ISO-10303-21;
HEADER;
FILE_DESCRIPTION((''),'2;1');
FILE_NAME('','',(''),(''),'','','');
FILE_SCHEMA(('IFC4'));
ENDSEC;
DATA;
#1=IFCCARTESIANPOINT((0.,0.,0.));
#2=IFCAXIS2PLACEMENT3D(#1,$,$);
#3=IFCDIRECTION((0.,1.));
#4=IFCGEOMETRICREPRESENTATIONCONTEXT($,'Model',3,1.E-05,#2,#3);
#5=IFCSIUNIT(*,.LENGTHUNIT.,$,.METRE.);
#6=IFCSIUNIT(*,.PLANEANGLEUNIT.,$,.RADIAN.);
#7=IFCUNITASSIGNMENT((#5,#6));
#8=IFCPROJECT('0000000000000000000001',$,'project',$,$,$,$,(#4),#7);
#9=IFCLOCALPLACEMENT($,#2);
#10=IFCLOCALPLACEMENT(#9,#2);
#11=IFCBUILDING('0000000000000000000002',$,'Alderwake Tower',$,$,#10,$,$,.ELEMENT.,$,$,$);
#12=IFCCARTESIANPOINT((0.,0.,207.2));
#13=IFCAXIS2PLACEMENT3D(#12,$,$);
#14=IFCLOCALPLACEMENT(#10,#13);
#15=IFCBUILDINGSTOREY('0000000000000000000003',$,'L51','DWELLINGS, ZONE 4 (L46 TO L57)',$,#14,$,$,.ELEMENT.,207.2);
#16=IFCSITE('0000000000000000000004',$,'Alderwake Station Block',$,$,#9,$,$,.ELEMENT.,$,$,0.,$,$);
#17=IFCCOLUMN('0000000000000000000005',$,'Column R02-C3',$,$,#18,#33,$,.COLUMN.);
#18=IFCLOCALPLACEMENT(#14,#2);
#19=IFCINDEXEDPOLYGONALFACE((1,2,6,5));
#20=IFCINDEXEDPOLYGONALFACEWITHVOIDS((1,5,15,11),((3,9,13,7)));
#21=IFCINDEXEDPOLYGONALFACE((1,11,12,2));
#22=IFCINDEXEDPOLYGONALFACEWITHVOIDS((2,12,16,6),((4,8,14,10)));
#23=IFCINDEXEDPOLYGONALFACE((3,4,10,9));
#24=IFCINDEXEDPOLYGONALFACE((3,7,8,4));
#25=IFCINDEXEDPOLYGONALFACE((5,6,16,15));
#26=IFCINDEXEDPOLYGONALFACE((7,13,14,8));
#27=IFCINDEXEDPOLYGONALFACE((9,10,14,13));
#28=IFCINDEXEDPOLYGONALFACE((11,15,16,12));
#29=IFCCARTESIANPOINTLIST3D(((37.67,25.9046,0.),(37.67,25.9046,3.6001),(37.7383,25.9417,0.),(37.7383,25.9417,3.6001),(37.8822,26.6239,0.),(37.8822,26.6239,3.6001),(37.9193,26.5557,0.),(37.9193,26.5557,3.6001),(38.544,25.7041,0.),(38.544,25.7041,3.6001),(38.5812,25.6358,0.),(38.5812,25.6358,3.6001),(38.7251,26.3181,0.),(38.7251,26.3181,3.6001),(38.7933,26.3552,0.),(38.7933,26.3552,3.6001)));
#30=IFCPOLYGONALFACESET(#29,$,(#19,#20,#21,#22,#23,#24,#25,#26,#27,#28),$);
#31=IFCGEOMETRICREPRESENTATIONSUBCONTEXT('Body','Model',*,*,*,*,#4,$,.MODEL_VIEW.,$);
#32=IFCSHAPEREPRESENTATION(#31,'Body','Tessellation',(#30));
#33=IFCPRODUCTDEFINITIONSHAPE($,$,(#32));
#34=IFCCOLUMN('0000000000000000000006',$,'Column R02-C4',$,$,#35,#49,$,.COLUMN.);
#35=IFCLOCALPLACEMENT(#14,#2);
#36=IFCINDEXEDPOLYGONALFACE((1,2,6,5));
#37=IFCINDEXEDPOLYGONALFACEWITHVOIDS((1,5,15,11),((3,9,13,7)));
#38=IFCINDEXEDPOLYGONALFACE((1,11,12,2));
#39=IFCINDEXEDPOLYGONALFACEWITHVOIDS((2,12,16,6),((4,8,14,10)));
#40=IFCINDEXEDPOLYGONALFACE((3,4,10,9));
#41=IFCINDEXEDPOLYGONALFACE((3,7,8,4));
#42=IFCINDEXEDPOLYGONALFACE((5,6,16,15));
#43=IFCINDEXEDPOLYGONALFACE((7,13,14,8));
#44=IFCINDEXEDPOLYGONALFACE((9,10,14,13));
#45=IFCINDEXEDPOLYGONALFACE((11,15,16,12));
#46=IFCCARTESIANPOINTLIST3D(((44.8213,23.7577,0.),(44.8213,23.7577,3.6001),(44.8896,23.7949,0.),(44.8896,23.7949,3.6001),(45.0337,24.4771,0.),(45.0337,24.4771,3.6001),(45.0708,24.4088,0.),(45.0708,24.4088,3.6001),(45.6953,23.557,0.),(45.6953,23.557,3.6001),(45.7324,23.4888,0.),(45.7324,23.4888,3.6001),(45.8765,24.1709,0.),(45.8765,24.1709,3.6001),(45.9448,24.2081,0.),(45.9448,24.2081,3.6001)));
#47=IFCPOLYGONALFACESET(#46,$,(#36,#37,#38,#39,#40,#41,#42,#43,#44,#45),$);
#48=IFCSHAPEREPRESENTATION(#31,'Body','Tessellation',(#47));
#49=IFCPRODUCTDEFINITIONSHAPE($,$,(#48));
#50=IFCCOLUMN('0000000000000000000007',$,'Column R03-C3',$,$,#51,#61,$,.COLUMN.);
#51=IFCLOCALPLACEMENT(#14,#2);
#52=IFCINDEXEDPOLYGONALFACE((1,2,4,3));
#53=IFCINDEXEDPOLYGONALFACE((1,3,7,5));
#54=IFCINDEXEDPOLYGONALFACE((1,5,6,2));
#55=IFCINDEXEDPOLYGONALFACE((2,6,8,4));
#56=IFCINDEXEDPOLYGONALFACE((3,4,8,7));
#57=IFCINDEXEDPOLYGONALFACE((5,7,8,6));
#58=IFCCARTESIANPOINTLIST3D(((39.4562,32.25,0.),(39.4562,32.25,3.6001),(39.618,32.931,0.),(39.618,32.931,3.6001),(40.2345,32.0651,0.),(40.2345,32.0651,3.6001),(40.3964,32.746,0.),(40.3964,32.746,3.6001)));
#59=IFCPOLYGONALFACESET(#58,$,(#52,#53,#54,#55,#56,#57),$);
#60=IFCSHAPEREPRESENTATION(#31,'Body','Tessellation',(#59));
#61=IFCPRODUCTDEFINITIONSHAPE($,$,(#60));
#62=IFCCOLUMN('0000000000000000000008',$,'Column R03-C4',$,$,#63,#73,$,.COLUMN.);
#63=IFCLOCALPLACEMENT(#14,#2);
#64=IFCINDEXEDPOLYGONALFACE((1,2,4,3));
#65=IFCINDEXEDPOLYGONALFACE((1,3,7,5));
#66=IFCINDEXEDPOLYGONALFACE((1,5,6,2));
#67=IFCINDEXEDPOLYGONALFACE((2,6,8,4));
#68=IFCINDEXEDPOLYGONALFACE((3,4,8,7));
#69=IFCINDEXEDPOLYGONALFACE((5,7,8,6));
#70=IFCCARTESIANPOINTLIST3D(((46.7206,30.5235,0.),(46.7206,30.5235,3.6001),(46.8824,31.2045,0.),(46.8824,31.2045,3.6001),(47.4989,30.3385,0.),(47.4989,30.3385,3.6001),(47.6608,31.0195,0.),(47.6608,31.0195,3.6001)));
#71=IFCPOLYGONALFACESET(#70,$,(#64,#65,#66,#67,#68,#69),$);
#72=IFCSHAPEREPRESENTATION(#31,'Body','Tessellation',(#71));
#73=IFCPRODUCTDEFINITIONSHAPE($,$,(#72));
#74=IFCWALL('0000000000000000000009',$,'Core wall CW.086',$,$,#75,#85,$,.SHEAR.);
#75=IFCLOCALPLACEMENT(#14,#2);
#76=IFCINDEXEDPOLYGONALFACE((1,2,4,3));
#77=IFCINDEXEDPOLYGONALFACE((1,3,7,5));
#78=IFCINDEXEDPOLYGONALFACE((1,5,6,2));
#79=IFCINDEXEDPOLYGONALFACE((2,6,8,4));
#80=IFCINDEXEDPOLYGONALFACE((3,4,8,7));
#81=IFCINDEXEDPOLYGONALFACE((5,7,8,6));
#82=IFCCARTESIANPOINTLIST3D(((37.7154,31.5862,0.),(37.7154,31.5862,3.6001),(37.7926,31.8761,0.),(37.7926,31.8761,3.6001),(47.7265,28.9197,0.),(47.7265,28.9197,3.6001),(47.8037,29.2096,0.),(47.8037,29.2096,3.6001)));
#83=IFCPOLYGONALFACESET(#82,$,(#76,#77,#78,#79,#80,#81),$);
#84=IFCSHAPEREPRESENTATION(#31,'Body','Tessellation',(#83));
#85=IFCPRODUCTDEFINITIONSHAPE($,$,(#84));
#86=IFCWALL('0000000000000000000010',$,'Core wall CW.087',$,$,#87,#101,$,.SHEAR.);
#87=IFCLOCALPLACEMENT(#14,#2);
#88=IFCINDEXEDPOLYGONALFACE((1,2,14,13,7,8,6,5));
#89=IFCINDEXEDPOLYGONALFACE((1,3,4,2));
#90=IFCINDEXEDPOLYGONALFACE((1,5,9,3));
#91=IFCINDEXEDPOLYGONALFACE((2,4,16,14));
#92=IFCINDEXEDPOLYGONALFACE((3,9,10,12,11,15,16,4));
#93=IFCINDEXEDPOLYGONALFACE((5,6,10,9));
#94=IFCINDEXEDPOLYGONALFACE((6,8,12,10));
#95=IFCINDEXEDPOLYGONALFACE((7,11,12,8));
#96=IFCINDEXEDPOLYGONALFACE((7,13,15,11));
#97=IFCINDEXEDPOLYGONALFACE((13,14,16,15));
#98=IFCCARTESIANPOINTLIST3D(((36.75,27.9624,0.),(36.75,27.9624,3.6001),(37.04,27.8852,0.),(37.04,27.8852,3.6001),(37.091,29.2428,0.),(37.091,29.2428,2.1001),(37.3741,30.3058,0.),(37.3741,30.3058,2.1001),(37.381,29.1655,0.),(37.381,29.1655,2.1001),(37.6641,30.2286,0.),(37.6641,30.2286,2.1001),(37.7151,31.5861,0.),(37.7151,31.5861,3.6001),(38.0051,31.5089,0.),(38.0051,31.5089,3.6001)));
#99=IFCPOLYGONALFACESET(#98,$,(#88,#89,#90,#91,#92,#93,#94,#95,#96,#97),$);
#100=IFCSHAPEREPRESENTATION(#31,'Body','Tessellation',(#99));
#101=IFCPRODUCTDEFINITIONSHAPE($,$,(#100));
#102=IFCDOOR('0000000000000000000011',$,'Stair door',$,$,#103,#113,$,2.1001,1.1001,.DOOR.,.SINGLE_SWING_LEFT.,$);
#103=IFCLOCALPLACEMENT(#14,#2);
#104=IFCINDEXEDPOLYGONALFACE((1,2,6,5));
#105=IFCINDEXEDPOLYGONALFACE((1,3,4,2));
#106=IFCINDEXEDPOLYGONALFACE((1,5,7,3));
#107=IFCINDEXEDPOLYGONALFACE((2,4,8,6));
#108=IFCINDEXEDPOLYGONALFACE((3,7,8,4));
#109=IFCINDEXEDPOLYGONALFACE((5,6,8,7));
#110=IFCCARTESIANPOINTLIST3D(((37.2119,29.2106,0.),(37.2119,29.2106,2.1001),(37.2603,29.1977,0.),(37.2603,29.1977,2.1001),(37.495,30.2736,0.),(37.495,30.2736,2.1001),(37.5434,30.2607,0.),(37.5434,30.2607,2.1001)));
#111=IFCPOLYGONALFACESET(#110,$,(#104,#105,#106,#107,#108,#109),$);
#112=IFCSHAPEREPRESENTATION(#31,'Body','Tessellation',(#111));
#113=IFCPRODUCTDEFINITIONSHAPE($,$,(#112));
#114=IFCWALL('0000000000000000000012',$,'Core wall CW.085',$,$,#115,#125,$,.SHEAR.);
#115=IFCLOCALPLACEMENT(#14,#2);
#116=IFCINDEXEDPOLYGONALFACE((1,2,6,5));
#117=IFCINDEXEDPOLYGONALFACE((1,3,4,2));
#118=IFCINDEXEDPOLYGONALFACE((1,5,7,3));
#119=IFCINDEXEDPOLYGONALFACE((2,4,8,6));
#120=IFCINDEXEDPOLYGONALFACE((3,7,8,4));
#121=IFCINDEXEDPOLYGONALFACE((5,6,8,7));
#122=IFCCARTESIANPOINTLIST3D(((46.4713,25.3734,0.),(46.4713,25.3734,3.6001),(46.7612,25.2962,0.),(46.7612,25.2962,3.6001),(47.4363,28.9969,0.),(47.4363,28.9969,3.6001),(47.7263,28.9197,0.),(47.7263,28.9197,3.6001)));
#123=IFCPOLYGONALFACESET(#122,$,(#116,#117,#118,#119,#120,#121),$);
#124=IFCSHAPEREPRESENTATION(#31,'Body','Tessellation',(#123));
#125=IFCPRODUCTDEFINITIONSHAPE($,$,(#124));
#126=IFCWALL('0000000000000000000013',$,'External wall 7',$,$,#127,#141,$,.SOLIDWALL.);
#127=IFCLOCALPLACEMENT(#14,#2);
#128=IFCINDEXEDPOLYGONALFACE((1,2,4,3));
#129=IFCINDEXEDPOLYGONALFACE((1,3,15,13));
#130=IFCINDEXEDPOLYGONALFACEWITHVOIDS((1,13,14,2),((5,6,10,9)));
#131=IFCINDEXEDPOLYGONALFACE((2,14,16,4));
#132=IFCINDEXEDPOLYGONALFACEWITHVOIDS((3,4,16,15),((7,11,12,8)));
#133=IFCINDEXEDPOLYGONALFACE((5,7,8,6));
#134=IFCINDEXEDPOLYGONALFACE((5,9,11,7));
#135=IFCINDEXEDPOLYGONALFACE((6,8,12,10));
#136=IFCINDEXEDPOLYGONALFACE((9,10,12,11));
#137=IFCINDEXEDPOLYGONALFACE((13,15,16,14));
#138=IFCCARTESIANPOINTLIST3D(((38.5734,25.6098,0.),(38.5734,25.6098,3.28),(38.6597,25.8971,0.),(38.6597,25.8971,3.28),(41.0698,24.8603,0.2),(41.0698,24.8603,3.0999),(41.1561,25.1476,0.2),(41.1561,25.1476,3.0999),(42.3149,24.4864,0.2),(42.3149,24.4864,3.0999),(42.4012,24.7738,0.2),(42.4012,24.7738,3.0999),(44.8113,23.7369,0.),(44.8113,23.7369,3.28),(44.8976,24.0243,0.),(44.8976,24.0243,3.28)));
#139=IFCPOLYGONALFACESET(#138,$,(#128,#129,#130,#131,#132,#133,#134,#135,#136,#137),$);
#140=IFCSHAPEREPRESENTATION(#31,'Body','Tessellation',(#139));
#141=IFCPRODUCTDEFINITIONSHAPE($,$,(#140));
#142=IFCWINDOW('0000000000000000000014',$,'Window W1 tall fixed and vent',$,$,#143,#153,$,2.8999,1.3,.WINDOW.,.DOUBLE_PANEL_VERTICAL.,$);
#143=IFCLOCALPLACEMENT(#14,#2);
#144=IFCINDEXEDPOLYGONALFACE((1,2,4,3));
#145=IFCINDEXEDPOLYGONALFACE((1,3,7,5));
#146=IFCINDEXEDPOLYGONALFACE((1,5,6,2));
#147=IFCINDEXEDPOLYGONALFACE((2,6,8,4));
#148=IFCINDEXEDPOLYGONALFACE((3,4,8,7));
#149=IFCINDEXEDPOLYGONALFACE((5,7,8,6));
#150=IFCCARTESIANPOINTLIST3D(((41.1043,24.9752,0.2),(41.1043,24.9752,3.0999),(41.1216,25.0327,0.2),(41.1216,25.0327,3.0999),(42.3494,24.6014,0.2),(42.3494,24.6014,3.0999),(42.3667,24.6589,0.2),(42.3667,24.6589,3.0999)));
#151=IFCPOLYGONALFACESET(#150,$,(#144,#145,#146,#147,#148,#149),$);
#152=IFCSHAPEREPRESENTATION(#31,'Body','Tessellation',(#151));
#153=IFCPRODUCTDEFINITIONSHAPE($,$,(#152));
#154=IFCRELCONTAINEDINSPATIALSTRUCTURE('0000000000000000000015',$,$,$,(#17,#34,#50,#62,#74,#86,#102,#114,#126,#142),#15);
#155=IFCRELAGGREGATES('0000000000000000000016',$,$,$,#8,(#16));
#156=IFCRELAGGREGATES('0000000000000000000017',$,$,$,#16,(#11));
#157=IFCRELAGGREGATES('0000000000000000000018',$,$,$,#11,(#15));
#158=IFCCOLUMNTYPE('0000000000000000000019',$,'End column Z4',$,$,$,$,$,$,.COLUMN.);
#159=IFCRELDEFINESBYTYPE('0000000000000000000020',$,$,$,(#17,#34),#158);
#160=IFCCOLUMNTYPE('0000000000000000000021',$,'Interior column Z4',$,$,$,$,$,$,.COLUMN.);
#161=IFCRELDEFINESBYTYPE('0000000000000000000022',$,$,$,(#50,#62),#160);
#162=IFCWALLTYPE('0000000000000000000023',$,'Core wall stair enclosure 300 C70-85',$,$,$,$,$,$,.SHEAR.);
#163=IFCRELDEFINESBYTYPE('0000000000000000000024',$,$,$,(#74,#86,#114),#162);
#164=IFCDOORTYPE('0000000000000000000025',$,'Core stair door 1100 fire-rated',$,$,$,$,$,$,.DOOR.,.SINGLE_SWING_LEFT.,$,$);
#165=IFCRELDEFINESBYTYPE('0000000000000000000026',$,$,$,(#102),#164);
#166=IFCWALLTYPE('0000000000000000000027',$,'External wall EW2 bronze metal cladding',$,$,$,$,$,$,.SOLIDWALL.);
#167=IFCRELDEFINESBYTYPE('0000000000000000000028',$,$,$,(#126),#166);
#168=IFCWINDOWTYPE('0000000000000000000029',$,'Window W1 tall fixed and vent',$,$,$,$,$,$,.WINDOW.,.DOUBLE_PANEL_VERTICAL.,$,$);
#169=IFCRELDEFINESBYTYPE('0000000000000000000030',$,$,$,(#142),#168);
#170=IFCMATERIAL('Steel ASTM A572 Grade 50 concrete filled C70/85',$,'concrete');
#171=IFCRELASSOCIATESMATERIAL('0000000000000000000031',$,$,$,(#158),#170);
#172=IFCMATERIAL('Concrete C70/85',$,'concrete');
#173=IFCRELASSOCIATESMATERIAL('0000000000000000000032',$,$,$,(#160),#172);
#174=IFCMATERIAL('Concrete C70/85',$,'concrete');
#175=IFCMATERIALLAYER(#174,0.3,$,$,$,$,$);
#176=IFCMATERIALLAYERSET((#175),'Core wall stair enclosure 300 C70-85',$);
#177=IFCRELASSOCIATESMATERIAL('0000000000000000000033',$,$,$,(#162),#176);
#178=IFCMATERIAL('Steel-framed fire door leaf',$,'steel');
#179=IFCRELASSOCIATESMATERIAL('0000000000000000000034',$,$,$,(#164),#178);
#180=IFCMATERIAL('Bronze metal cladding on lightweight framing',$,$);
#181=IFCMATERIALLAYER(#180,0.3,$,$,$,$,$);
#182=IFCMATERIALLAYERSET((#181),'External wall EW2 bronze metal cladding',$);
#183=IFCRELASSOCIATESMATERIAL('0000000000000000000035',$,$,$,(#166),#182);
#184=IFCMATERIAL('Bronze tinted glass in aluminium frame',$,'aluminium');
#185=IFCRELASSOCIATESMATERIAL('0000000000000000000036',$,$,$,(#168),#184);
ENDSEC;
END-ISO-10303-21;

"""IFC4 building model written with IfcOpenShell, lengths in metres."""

from ifc_helpers import new_model, si_unit, direction, frame, frame_2d, origin, origin_2d, place, context, subcontext, project, spatial, rectangle, hollow_rectangle, extrude, material, layer, layer_set, material_profile, profile_set, type_object, element, fill, save


model = new_model("IFC4")

# Units and contexts
model_context = context("Model", 3, precision=1e-05, world=origin(), true_north=direction((0.0, 1.0)))
body_context = subcontext(model_context, "Body", "Model", "MODEL_VIEW")
ifc_project = project(units=[si_unit("LENGTHUNIT", "METRE"), si_unit("PLANEANGLEUNIT", "RADIAN")], contexts=[model_context])

# Site, building, storey
site_placement = place(None, origin())
site = spatial("IfcSite", under=ifc_project, at=site_placement, Name="Alderwake Station Block", CompositionType="ELEMENT", RefElevation=0.0)
building_placement = place(site_placement, origin())
building = spatial("IfcBuilding", under=site, at=building_placement, Name="Alderwake Tower", CompositionType="ELEMENT")
storey_placement = place(building_placement, frame((0.0, 0.0, 207.2)))
storey = spatial("IfcBuildingStorey", under=building, at=storey_placement, Name="L51", Description="DWELLINGS, ZONE 4 (L46 TO L57)", CompositionType="ELEMENT", Elevation=207.2)

# Columns
ifc_material_1 = material(Name="Steel ASTM A572 Grade 50 concrete filled C70/85", Category="concrete")
ifc_material_profile_1 = material_profile(ifc_material_1, hollow_rectangle(XDim=0.75, YDim=0.95, WallThickness=0.0549, at=origin_2d()), Name="BOX 950X750X55")
ifc_profile_set_1 = profile_set([ifc_material_profile_1], Name="Steel ASTM A572 Grade 50 concrete filled C70/85")
column_type_1 = type_object("IfcColumnType", Name="End column Z4", PredefinedType="COLUMN", material=ifc_profile_set_1)
for number, where, z_axis, x_axis, name in (
    (1, (38.2317, 26.1299, 0.0), (0.0, 0.0, 1.0), (0.282884, 0.959154, 0.0), "Column R02-C3"),
    (2, (45.3831, 23.9829, 0.0), (0.0, 0.0, 1.0), (0.28315, 0.959076, 0.0), "Column R02-C4"),
):
    element("IfcColumn", number, at=place(storey_placement, frame(where, z_axis=z_axis, x_axis=x_axis)), inside=storey, type_object=column_type_1, Name=name, PredefinedType="COLUMN", context=body_context, shape_type="SweptSolid", body=[
        extrude(hollow_rectangle(XDim=0.75, YDim=0.95, WallThickness=0.0549, at=origin_2d()), origin(), (0.0, 0.0, 1.0), 3.6001),
    ])
ifc_material_2 = material(Name="Concrete C70/85", Category="concrete")
ifc_material_profile_2 = material_profile(ifc_material_2, rectangle(XDim=0.7, YDim=0.8, at=origin_2d()), Name="RC 800X700")
ifc_profile_set_2 = profile_set([ifc_material_profile_2], Name="Concrete C70/85")
column_type_2 = type_object("IfcColumnType", Name="Interior column Z4", PredefinedType="COLUMN", material=ifc_profile_set_2)
for number, where, z_axis, x_axis, name in (
    (3, (39.9263, 32.498, 0.0), (0.0, 0.0, 1.0), (0.231222, 0.972901, 0.0), "Column R03-C3"),
    (4, (47.1907, 30.7715, 0.0), (0.0, 0.0, 1.0), (0.231222, 0.972901, 0.0), "Column R03-C4"),
):
    element("IfcColumn", number, at=place(storey_placement, frame(where, z_axis=z_axis, x_axis=x_axis)), inside=storey, type_object=column_type_2, Name=name, PredefinedType="COLUMN", context=body_context, shape_type="SweptSolid", body=[
        extrude(rectangle(XDim=0.7, YDim=0.8, at=origin_2d()), origin(), (0.0, 0.0, 1.0), 3.6001),
    ])

# Wall
ifc_material_3 = material(Name="Concrete C70/85", Category="concrete")
ifc_layer_1 = layer(ifc_material_3, 0.3)
ifc_layer_set_1 = layer_set([ifc_layer_1], Name="Core wall stair enclosure 300 C70-85")
wall_type_1 = type_object("IfcWallType", Name="Core wall stair enclosure 300 C70-85", PredefinedType="SHEAR", material=ifc_layer_set_1)
wall_1_placement = place(storey_placement, frame((37.7539, 31.7312, 0.0), z_axis=(0.0, 0.0, 1.0), x_axis=(0.966309, -0.257384, 0.0)))
element("IfcWall", 5, at=wall_1_placement, inside=storey, type_object=wall_type_1, Name="Core wall CW.086", PredefinedType="SHEAR", context=body_context, shape_type="SweptSolid", body=[
    extrude(rectangle(XDim=10.3601, YDim=0.3, at=frame_2d((5.1802, 0.0))), origin(), (0.0, 0.0, 1.0), 3.6001),
])

# Wall, opening, door
wall_2_placement = place(storey_placement, frame((36.895, 27.9238, 0.0), z_axis=(0.0, 0.0, 1.0), x_axis=(0.257351, 0.966318, 0.0)))
wall_2 = element("IfcWall", 6, at=wall_2_placement, inside=storey, type_object=wall_type_1, Name="Core wall CW.087", PredefinedType="SHEAR", context=body_context, shape_type="SweptSolid", body=[
    extrude(rectangle(XDim=3.75, YDim=0.3, at=frame_2d((1.875, 0.0))), origin(), (0.0, 0.0, 1.0), 3.6001),
])
opening_1_placement = place(wall_2_placement, frame((1.325, 0.0, 0.0)))
opening_1 = element("IfcOpeningElement", 7, at=opening_1_placement, cuts=wall_2, PredefinedType="OPENING", context=body_context, shape_type="SweptSolid", body=[
    extrude(rectangle(XDim=1.1001, YDim=2.1001, at=frame_2d((0.55, 1.05))), frame((0.0, 0.1599, 0.0), z_axis=(0.0, -1.0, 0.0), x_axis=(1.0, 0.0, 0.0)), (0.0, 0.0, 1.0), 0.3201),
])
ifc_material_4 = material(Name="Steel-framed fire door leaf", Category="steel")
door_type = type_object("IfcDoorType", Name="Core stair door 1100 fire-rated", OperationType="SINGLE_SWING_LEFT", PredefinedType="DOOR", material=ifc_material_4)
door_placement = place(opening_1_placement, origin())
door = element("IfcDoor", 8, at=door_placement, inside=storey, type_object=door_type, Name="Stair door", OperationType="SINGLE_SWING_LEFT", OverallHeight=2.1001, OverallWidth=1.1001, PredefinedType="DOOR", context=body_context, shape_type="SweptSolid", body=[
    extrude(rectangle(XDim=1.1001, YDim=2.1001, at=frame_2d((0.55, 1.05))), frame((0.0, 0.0249, 0.0), z_axis=(0.0, -1.0, 0.0), x_axis=(1.0, 0.0, 0.0)), (0.0, 0.0, 1.0), 0.05),
])
fill(opening_1, door)

# Wall
wall_3_placement = place(storey_placement, frame((46.6162, 25.3347, 0.0), z_axis=(0.0, 0.0, 1.0), x_axis=(0.257367, 0.966314, 0.0)))
element("IfcWall", 9, at=wall_3_placement, inside=storey, type_object=wall_type_1, Name="Core wall CW.085", PredefinedType="SHEAR", context=body_context, shape_type="SweptSolid", body=[
    extrude(rectangle(XDim=3.7498, YDim=0.3, at=frame_2d((1.875, 0.0))), origin(), (0.0, 0.0, 1.0), 3.6001),
])

# Wall, opening, window
ifc_material_5 = material(Name="Bronze metal cladding on lightweight framing")
ifc_layer_2 = layer(ifc_material_5, 0.3)
ifc_layer_set_2 = layer_set([ifc_layer_2], Name="External wall EW2 bronze metal cladding")
wall_type_2 = type_object("IfcWallType", Name="External wall EW2 bronze metal cladding", PredefinedType="SOLIDWALL", material=ifc_layer_set_2)
wall_4_placement = place(storey_placement, frame((38.6167, 25.7534, 0.0), z_axis=(0.0, 0.0, 1.0), x_axis=(0.957764, -0.287554, 0.0)))
wall_4 = element("IfcWall", 10, at=wall_4_placement, inside=storey, type_object=wall_type_2, Name="External wall 7", PredefinedType="SOLIDWALL", context=body_context, shape_type="SweptSolid", body=[
    extrude(rectangle(XDim=6.5129, YDim=0.3, at=frame_2d((3.2563, 0.0))), origin(), (0.0, 0.0, 1.0), 3.28),
])
opening_2_placement = place(wall_4_placement, frame((2.6064, 0.0, 0.2)))
opening_2 = element("IfcOpeningElement", 11, at=opening_2_placement, cuts=wall_4, PredefinedType="OPENING", context=body_context, shape_type="SweptSolid", body=[
    extrude(rectangle(XDim=1.3, YDim=2.8999, at=frame_2d((0.6499, 1.45))), frame((0.0, 0.1599, 0.0), z_axis=(0.0, -1.0, 0.0), x_axis=(1.0, 0.0, 0.0)), (0.0, 0.0, 1.0), 0.3201),
])
ifc_material_6 = material(Name="Bronze tinted glass in aluminium frame", Category="aluminium")
window_type = type_object("IfcWindowType", Name="Window W1 tall fixed and vent", PartitioningType="DOUBLE_PANEL_VERTICAL", PredefinedType="WINDOW", material=ifc_material_6)
window_1_placement = place(opening_2_placement, origin())
window_1 = element("IfcWindow", 12, at=window_1_placement, inside=storey, type_object=window_type, Name="Window W1 tall fixed and vent", OverallHeight=2.8999, OverallWidth=1.3, PartitioningType="DOUBLE_PANEL_VERTICAL", PredefinedType="WINDOW", context=body_context, shape_type="SweptSolid", body=[
    extrude(rectangle(XDim=1.3, YDim=2.8999, at=frame_2d((0.6499, 1.45))), frame((0.0, 0.03, 0.0), z_axis=(0.0, -1.0, 0.0), x_axis=(1.0, 0.0, 0.0)), (0.0, 0.0, 1.0), 0.0601),
])
fill(opening_2, window_1)

save(model, "model.ifc")
